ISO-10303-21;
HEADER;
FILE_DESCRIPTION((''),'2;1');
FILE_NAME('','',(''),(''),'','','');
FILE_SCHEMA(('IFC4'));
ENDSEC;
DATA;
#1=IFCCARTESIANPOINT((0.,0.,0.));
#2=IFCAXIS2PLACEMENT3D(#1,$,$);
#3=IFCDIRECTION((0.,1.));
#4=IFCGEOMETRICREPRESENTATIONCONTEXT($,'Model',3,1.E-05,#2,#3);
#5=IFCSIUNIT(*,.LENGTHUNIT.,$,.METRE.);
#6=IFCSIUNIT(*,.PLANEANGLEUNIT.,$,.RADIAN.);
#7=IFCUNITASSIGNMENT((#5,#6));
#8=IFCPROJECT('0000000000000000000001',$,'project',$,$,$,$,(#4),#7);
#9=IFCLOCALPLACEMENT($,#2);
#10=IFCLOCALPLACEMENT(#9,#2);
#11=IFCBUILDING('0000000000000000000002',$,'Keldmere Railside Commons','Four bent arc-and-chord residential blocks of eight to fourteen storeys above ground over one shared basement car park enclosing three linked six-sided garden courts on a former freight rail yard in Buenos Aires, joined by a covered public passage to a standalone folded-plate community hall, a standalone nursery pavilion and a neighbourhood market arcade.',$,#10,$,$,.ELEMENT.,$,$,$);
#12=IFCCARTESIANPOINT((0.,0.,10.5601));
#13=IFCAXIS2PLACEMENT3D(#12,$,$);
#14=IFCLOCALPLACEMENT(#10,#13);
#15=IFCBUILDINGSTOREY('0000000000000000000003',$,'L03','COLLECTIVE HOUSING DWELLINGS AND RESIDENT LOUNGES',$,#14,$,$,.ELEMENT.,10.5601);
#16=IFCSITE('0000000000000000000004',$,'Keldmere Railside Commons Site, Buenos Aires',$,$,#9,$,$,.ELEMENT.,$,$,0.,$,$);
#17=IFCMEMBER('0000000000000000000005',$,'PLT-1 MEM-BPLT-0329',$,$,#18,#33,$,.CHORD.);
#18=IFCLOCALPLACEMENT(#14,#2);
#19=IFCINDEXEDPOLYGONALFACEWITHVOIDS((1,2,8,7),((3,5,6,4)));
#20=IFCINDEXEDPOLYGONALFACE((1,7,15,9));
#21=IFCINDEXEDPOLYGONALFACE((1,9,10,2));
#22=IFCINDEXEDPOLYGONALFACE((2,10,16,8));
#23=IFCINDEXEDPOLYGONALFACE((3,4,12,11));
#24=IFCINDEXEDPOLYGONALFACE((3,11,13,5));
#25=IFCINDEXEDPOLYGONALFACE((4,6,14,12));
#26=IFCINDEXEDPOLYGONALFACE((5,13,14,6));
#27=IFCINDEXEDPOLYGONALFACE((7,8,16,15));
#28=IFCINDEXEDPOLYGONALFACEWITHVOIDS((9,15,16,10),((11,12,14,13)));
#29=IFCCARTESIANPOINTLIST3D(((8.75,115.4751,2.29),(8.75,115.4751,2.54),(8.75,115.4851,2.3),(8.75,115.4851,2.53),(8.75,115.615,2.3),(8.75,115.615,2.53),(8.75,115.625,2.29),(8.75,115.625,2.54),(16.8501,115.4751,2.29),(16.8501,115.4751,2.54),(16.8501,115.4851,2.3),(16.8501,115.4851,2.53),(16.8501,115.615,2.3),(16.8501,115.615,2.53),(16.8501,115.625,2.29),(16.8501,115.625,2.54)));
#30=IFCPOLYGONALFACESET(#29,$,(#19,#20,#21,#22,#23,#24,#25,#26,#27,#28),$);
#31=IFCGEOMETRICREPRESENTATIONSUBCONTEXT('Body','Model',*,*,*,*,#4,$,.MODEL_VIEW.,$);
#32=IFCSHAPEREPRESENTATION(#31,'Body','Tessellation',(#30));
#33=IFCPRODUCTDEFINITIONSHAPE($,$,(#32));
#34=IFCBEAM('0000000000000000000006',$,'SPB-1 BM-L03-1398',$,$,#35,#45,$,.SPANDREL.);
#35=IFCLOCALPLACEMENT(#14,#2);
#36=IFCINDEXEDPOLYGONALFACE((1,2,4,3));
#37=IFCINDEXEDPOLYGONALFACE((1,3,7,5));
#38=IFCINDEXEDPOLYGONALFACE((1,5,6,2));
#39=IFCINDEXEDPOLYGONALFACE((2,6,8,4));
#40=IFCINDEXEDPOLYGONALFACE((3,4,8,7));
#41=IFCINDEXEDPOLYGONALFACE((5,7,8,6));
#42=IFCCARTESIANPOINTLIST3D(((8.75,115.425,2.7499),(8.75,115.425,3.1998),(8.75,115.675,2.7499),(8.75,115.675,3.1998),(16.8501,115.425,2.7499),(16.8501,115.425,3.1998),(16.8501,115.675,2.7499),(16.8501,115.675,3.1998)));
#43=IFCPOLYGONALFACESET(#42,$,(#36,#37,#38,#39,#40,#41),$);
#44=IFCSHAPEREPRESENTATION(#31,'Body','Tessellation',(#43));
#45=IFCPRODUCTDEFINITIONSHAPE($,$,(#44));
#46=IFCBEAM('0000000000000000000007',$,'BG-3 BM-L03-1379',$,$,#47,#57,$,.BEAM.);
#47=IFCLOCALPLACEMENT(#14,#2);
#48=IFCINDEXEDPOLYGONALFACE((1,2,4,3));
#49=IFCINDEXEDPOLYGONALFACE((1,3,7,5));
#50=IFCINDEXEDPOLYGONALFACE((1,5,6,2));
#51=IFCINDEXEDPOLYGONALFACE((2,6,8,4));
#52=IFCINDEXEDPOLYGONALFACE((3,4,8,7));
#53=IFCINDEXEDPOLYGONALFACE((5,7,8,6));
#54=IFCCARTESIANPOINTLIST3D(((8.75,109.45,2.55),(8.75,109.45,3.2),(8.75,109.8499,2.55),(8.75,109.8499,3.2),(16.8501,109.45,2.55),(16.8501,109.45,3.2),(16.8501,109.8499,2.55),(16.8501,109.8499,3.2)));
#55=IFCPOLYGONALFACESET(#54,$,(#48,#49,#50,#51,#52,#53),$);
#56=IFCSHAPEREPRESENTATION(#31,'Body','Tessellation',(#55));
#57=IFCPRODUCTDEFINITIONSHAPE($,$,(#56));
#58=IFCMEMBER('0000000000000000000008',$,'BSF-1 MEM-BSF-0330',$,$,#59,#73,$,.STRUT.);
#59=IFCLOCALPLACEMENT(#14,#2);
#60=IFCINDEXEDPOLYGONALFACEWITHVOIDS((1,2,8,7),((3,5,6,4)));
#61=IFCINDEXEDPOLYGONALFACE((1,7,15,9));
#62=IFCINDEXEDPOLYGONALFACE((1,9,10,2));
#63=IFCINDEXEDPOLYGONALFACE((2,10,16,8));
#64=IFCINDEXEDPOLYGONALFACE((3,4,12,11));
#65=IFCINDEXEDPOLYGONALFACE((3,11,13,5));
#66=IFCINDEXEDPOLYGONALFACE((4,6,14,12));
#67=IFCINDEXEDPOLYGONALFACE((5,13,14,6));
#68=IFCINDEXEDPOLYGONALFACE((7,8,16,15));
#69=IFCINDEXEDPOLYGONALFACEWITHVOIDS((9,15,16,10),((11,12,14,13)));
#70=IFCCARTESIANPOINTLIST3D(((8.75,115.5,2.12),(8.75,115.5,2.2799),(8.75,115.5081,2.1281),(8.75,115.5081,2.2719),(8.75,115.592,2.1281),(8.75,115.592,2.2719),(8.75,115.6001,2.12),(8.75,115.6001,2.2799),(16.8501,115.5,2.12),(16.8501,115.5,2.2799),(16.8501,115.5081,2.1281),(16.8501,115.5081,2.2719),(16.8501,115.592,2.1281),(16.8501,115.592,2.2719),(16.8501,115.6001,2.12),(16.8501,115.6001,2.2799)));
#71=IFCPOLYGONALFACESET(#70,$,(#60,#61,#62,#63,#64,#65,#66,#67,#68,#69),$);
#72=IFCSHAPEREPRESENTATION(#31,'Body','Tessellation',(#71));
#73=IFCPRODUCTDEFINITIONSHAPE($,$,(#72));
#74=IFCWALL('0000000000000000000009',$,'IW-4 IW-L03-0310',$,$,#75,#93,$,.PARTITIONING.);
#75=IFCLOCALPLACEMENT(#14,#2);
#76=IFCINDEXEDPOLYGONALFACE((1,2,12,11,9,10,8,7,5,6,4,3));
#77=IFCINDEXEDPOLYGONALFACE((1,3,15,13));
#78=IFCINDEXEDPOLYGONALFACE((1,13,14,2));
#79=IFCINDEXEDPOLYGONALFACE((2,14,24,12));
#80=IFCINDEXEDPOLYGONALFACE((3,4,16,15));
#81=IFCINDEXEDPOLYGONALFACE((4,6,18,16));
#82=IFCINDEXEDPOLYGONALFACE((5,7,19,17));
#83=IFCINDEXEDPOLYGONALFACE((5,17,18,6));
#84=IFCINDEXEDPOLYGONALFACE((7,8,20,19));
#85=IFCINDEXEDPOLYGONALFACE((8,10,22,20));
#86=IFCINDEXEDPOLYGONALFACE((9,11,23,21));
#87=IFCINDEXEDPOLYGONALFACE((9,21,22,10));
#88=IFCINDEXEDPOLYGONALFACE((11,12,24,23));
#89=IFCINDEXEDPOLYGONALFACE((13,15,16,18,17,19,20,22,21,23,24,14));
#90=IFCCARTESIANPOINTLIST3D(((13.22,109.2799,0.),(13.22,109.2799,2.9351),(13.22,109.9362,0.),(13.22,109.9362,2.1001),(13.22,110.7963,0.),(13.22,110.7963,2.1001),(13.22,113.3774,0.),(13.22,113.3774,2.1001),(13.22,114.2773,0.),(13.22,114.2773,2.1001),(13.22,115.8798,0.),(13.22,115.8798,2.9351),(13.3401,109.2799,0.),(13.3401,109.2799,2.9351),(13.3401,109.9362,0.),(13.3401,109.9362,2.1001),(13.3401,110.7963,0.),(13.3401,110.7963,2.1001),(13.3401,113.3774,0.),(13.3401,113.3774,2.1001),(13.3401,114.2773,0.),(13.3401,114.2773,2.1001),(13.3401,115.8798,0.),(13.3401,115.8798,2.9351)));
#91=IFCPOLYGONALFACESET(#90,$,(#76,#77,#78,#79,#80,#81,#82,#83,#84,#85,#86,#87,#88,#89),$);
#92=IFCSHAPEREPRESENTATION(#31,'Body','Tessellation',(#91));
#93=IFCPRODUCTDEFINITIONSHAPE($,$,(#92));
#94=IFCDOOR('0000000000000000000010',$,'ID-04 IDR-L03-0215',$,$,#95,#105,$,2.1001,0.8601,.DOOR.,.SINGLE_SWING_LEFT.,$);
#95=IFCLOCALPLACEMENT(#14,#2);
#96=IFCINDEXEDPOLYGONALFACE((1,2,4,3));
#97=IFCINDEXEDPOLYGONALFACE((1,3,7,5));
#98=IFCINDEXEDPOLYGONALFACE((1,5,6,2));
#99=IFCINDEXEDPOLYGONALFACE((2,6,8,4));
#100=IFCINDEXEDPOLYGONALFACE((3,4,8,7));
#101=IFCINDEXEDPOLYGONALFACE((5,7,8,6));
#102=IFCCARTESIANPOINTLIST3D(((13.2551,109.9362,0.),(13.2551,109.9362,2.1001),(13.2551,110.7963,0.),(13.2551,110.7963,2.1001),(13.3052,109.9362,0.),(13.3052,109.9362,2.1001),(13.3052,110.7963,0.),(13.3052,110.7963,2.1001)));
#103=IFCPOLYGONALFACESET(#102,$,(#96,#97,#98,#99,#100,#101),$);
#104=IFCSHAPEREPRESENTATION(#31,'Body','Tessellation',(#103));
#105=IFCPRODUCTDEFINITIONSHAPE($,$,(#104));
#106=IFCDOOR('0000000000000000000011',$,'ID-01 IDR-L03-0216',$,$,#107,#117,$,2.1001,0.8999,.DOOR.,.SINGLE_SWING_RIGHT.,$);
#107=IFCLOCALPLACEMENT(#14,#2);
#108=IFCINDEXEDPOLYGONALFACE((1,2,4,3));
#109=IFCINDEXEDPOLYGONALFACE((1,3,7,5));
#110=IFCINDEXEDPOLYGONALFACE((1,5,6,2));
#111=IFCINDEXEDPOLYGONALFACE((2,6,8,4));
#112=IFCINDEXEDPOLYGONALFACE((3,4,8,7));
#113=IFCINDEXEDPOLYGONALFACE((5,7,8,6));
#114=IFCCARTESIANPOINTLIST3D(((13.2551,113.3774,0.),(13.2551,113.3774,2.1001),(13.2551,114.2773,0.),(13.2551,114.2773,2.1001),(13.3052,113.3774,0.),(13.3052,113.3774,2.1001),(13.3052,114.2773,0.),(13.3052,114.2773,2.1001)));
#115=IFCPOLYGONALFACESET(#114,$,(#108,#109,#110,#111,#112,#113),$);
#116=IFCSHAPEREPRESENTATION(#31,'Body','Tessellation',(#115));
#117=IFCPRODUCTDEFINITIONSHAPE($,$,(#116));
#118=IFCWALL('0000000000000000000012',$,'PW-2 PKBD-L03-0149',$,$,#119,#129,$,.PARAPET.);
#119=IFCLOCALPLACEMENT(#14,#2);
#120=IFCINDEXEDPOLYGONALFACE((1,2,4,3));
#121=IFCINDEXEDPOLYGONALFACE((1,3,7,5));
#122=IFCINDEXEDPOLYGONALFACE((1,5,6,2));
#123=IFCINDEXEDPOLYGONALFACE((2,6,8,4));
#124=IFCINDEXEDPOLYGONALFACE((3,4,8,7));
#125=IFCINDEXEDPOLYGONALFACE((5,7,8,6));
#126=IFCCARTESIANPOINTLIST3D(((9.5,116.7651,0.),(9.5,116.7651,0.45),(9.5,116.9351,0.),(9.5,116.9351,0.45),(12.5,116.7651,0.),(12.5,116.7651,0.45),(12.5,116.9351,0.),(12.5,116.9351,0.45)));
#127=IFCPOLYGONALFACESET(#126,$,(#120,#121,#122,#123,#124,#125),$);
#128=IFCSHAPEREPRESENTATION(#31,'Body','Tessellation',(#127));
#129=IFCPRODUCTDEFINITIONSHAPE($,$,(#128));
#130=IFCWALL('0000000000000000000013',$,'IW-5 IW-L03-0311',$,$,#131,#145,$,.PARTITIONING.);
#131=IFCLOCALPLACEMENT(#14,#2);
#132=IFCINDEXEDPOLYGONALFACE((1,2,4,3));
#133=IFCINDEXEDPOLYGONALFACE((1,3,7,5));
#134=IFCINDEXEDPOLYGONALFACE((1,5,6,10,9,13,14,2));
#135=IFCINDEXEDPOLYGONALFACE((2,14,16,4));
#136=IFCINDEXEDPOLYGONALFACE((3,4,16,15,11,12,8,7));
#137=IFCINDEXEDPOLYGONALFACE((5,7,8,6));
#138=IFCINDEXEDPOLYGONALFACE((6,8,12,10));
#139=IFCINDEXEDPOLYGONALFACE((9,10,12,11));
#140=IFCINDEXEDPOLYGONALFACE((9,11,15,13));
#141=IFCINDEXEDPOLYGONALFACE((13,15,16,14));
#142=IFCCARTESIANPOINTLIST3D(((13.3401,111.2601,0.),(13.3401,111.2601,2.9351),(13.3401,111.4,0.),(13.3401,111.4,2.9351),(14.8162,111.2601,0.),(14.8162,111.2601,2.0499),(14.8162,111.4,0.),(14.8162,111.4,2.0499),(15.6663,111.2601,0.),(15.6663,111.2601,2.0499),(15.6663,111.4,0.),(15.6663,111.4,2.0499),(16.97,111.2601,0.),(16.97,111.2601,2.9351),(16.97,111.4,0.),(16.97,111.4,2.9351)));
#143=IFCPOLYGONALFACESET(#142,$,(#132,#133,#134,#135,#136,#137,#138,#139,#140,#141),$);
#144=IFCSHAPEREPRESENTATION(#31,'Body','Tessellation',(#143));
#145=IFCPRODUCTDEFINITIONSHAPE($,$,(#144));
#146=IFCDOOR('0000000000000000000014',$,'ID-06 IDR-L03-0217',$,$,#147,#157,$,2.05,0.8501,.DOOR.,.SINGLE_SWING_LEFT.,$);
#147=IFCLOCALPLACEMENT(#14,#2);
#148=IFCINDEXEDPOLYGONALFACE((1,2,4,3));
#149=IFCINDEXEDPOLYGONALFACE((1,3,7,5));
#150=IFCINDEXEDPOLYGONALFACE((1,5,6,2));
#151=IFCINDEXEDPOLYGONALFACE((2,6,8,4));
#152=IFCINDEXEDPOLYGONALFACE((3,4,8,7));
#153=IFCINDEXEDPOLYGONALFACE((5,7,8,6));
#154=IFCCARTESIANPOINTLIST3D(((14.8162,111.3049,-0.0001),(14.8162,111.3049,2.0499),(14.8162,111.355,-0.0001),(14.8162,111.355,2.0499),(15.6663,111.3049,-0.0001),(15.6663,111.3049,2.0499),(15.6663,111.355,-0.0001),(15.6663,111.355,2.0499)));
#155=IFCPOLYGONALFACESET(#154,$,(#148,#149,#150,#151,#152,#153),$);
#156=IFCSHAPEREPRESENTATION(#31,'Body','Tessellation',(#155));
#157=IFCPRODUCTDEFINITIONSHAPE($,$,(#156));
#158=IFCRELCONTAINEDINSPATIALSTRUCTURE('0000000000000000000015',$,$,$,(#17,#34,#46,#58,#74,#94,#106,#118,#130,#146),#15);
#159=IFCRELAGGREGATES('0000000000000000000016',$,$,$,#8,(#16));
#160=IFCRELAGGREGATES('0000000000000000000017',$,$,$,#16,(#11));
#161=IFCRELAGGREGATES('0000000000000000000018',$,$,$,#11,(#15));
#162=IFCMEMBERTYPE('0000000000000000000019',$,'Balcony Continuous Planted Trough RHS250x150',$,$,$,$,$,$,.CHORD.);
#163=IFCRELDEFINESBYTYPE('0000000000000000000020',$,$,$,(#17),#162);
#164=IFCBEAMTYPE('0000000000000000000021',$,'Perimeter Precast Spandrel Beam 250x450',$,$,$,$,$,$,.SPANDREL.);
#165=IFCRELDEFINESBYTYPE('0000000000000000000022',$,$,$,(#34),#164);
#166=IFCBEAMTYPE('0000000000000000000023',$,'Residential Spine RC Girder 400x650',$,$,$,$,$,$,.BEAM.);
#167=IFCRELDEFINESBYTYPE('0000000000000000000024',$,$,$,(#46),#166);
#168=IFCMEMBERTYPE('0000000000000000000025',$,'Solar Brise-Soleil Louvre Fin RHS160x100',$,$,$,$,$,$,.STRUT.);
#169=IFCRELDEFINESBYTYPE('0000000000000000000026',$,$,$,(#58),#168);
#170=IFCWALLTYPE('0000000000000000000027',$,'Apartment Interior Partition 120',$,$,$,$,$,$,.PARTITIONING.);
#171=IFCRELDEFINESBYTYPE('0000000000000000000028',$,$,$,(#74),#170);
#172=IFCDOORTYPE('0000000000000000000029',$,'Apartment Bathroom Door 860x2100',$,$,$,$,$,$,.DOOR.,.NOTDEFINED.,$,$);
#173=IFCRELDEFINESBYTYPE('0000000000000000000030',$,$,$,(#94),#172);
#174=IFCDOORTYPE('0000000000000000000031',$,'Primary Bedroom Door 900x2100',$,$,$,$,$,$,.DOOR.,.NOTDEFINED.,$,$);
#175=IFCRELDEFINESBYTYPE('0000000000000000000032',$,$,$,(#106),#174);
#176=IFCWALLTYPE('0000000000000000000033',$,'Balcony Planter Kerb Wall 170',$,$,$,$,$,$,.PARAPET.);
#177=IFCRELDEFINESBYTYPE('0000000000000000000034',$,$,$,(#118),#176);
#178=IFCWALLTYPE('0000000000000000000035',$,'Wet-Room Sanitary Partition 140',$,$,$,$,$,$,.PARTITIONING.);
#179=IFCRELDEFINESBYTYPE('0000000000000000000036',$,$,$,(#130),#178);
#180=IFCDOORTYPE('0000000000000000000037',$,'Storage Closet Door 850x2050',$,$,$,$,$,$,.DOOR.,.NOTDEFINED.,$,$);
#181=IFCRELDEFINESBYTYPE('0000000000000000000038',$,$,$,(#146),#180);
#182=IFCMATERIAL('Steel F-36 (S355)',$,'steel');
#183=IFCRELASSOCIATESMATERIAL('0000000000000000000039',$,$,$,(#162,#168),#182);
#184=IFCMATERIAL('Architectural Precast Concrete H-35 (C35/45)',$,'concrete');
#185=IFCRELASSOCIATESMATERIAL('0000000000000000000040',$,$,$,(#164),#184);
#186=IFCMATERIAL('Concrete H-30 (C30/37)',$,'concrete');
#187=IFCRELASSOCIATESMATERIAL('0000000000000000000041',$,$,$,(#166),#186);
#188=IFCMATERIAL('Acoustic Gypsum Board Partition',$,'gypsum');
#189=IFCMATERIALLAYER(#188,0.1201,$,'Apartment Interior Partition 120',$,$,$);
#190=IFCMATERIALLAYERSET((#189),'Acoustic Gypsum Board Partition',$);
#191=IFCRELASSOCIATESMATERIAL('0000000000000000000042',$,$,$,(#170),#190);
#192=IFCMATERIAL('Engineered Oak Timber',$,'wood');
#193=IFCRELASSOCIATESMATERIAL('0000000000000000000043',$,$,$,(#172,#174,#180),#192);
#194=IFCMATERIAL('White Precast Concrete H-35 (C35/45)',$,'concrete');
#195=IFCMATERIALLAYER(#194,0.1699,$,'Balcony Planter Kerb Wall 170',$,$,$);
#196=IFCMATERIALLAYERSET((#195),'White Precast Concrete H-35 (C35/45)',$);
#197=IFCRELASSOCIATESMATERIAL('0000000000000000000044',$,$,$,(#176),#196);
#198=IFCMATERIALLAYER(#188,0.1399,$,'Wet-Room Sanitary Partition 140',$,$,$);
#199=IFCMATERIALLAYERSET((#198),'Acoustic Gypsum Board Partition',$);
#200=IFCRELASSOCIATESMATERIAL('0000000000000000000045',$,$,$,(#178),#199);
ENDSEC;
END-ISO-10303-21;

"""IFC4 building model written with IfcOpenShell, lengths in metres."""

from ifc_helpers import new_model, si_unit, direction, frame, frame_2d, origin, origin_2d, place, context, subcontext, project, spatial, rectangle, hollow_rectangle, extrude, material, layer, layer_set, material_profile, profile_set, type_object, element, fill, save


model = new_model("IFC4")

# Units and contexts
model_context = context("Model", 3, precision=1e-05, world=origin(), true_north=direction((0.0, 1.0)))
body_context = subcontext(model_context, "Body", "Model", "MODEL_VIEW")
ifc_project = project(units=[si_unit("LENGTHUNIT", "METRE"), si_unit("PLANEANGLEUNIT", "RADIAN")], contexts=[model_context])

# Site, building, storey
site_placement = place(None, origin())
site = spatial("IfcSite", under=ifc_project, at=site_placement, Name="Keldmere Railside Commons Site, Buenos Aires", CompositionType="ELEMENT", RefElevation=0.0)
building_placement = place(site_placement, origin())
building = spatial("IfcBuilding", under=site, at=building_placement, Name="Keldmere Railside Commons", Description="Four bent arc-and-chord residential blocks of eight to fourteen storeys above ground over one shared basement car park enclosing three linked six-sided garden courts on a former freight rail yard in Buenos Aires, joined by a covered public passage to a standalone folded-plate community hall, a standalone nursery pavilion and a neighbourhood market arcade.", CompositionType="ELEMENT")
storey_placement = place(building_placement, frame((0.0, 0.0, 10.5601)))
storey = spatial("IfcBuildingStorey", under=building, at=storey_placement, Name="L03", Description="COLLECTIVE HOUSING DWELLINGS AND RESIDENT LOUNGES", CompositionType="ELEMENT", Elevation=10.5601)

# Member
ifc_material_1 = material(Name="Steel F-36 (S355)", Category="steel")
ifc_material_profile_1 = material_profile(ifc_material_1, hollow_rectangle(XDim=0.1499, YDim=0.25, WallThickness=0.01, at=origin_2d()), Name="RHS-250x150x10")
ifc_profile_set_1 = profile_set([ifc_material_profile_1], Name="Steel F-36 (S355)")
member_type_1 = type_object("IfcMemberType", Name="Balcony Continuous Planted Trough RHS250x150", PredefinedType="CHORD", material=ifc_profile_set_1)
member_1_placement = place(storey_placement, frame((8.75, 115.55, 2.415), z_axis=(1.0, 0.0, 0.0), x_axis=(0.0, 1.0, 0.0)))
element("IfcMember", 1, at=member_1_placement, inside=storey, type_object=member_type_1, Name="PLT-1 MEM-BPLT-0329", PredefinedType="CHORD", context=body_context, shape_type="SweptSolid", body=[
    extrude(hollow_rectangle(XDim=0.1499, YDim=0.25, WallThickness=0.01, at=origin_2d()), origin(), (0.0, 0.0, 1.0), 8.1001),
])

# Beams
ifc_material_2 = material(Name="Architectural Precast Concrete H-35 (C35/45)", Category="concrete")
ifc_material_profile_2 = material_profile(ifc_material_2, rectangle(XDim=0.25, YDim=0.45, at=origin_2d()), Name="RC-250x450")
ifc_profile_set_2 = profile_set([ifc_material_profile_2], Name="Architectural Precast Concrete H-35 (C35/45)")
beam_type_1 = type_object("IfcBeamType", Name="Perimeter Precast Spandrel Beam 250x450", PredefinedType="SPANDREL", material=ifc_profile_set_2)
beam_1_placement = place(storey_placement, frame((8.75, 115.55, 2.9749), z_axis=(1.0, 0.0, 0.0), x_axis=(0.0, 1.0, 0.0)))
element("IfcBeam", 2, at=beam_1_placement, inside=storey, type_object=beam_type_1, Name="SPB-1 BM-L03-1398", PredefinedType="SPANDREL", context=body_context, shape_type="SweptSolid", body=[
    extrude(rectangle(XDim=0.25, YDim=0.45, at=origin_2d()), origin(), (0.0, 0.0, 1.0), 8.1001),
])
ifc_material_3 = material(Name="Concrete H-30 (C30/37)", Category="concrete")
ifc_material_profile_3 = material_profile(ifc_material_3, rectangle(XDim=0.3999, YDim=0.6499, at=origin_2d()), Name="RC-400x650")
ifc_profile_set_3 = profile_set([ifc_material_profile_3], Name="Concrete H-30 (C30/37)")
beam_type_2 = type_object("IfcBeamType", Name="Residential Spine RC Girder 400x650", PredefinedType="BEAM", material=ifc_profile_set_3)
beam_2_placement = place(storey_placement, frame((8.75, 109.6499, 2.875), z_axis=(1.0, 0.0, 0.0), x_axis=(0.0, 1.0, 0.0)))
element("IfcBeam", 3, at=beam_2_placement, inside=storey, type_object=beam_type_2, Name="BG-3 BM-L03-1379", PredefinedType="BEAM", context=body_context, shape_type="SweptSolid", body=[
    extrude(rectangle(XDim=0.3999, YDim=0.6499, at=origin_2d()), origin(), (0.0, 0.0, 1.0), 8.1001),
])

# Member
ifc_material_profile_4 = material_profile(ifc_material_1, hollow_rectangle(XDim=0.1001, YDim=0.1599, WallThickness=0.0081, at=origin_2d()), Name="RHS-160x100x8")
ifc_profile_set_4 = profile_set([ifc_material_profile_4], Name="Steel F-36 (S355)")
member_type_2 = type_object("IfcMemberType", Name="Solar Brise-Soleil Louvre Fin RHS160x100", PredefinedType="STRUT", material=ifc_profile_set_4)
member_2_placement = place(storey_placement, frame((8.75, 115.55, 2.2), z_axis=(1.0, 0.0, 0.0), x_axis=(0.0, 1.0, 0.0)))
element("IfcMember", 4, at=member_2_placement, inside=storey, type_object=member_type_2, Name="BSF-1 MEM-BSF-0330", PredefinedType="STRUT", context=body_context, shape_type="SweptSolid", body=[
    extrude(hollow_rectangle(XDim=0.1001, YDim=0.1599, WallThickness=0.0081, at=origin_2d()), origin(), (0.0, 0.0, 1.0), 8.1001),
])

# Wall, openings, doors
ifc_material_4 = material(Name="Acoustic Gypsum Board Partition", Category="gypsum")
ifc_layer_1 = layer(ifc_material_4, 0.1201, Name="Apartment Interior Partition 120")
ifc_layer_set_1 = layer_set([ifc_layer_1], Name="Acoustic Gypsum Board Partition")
wall_type_1 = type_object("IfcWallType", Name="Apartment Interior Partition 120", PredefinedType="PARTITIONING", material=ifc_layer_set_1)
wall_1_placement = place(storey_placement, frame((13.28, 109.28, 0.0), z_axis=(0.0, 0.0, 1.0), x_axis=(0.0, 1.0, 0.0)))
wall_1 = element("IfcWall", 5, at=wall_1_placement, inside=storey, type_object=wall_type_1, Name="IW-4 IW-L03-0310", PredefinedType="PARTITIONING", context=body_context, shape_type="SweptSolid", body=[
    extrude(rectangle(XDim=6.5999, YDim=0.1201, at=frame_2d((3.2998, 0.0))), origin(), (0.0, 0.0, 1.0), 2.9351),
])
opening_1_placement = place(wall_1_placement, frame((0.656, 0.0, 0.0)))
opening_1 = element("IfcOpeningElement", 6, at=opening_1_placement, cuts=wall_1, PredefinedType="OPENING", context=body_context, shape_type="SweptSolid", body=[
    extrude(rectangle(XDim=0.8601, YDim=2.1001, at=frame_2d((0.4302, 1.05))), frame((0.0, 0.0701, 0.0), z_axis=(0.0, -1.0, 0.0), x_axis=(1.0, 0.0, 0.0)), (0.0, 0.0, 1.0), 0.1401),
])
opening_2_placement = place(wall_1_placement, frame((4.0974, 0.0, 0.0)))
opening_2 = element("IfcOpeningElement", 7, at=opening_2_placement, cuts=wall_1, PredefinedType="OPENING", context=body_context, shape_type="SweptSolid", body=[
    extrude(rectangle(XDim=0.8999, YDim=2.1001, at=frame_2d((0.45, 1.05))), frame((0.0, 0.0701, 0.0), z_axis=(0.0, -1.0, 0.0), x_axis=(1.0, 0.0, 0.0)), (0.0, 0.0, 1.0), 0.1401),
])
ifc_material_5 = material(Name="Engineered Oak Timber", Category="wood")
door_type_1 = type_object("IfcDoorType", Name="Apartment Bathroom Door 860x2100", OperationType="NOTDEFINED", PredefinedType="DOOR", material=ifc_material_5)
door_1_placement = place(opening_1_placement, origin())
door_1 = element("IfcDoor", 8, at=door_1_placement, inside=storey, type_object=door_type_1, Name="ID-04 IDR-L03-0215", OperationType="SINGLE_SWING_LEFT", OverallHeight=2.1001, OverallWidth=0.8601, PredefinedType="DOOR", context=body_context, shape_type="SweptSolid", body=[
    extrude(rectangle(XDim=0.8601, YDim=2.1001, at=frame_2d((0.4302, 1.05))), frame((0.0, 0.0249, 0.0), z_axis=(0.0, -1.0, 0.0), x_axis=(1.0, 0.0, 0.0)), (0.0, 0.0, 1.0), 0.05),
])
fill(opening_1, door_1)
door_type_2 = type_object("IfcDoorType", Name="Primary Bedroom Door 900x2100", OperationType="NOTDEFINED", PredefinedType="DOOR", material=ifc_material_5)
door_2_placement = place(opening_2_placement, origin())
door_2 = element("IfcDoor", 9, at=door_2_placement, inside=storey, type_object=door_type_2, Name="ID-01 IDR-L03-0216", OperationType="SINGLE_SWING_RIGHT", OverallHeight=2.1001, OverallWidth=0.8999, PredefinedType="DOOR", context=body_context, shape_type="SweptSolid", body=[
    extrude(rectangle(XDim=0.8999, YDim=2.1001, at=frame_2d((0.45, 1.05))), frame((0.0, 0.0249, 0.0), z_axis=(0.0, -1.0, 0.0), x_axis=(1.0, 0.0, 0.0)), (0.0, 0.0, 1.0), 0.05),
])
fill(opening_2, door_2)

# Wall
ifc_material_6 = material(Name="White Precast Concrete H-35 (C35/45)", Category="concrete")
ifc_layer_2 = layer(ifc_material_6, 0.1699, Name="Balcony Planter Kerb Wall 170")
ifc_layer_set_2 = layer_set([ifc_layer_2], Name="White Precast Concrete H-35 (C35/45)")
wall_type_2 = type_object("IfcWallType", Name="Balcony Planter Kerb Wall 170", PredefinedType="PARAPET", material=ifc_layer_set_2)
wall_2_placement = place(storey_placement, frame((9.5, 116.8501, 0.0), z_axis=(0.0, 0.0, 1.0), x_axis=(1.0, 0.0, 0.0)))
element("IfcWall", 10, at=wall_2_placement, inside=storey, type_object=wall_type_2, Name="PW-2 PKBD-L03-0149", PredefinedType="PARAPET", context=body_context, shape_type="SweptSolid", body=[
    extrude(rectangle(XDim=3.0, YDim=0.1699, at=frame_2d((1.5, 0.0))), origin(), (0.0, 0.0, 1.0), 0.45),
])

# Wall, opening, door
ifc_layer_3 = layer(ifc_material_4, 0.1399, Name="Wet-Room Sanitary Partition 140")
ifc_layer_set_3 = layer_set([ifc_layer_3], Name="Acoustic Gypsum Board Partition")
wall_type_3 = type_object("IfcWallType", Name="Wet-Room Sanitary Partition 140", PredefinedType="PARTITIONING", material=ifc_layer_set_3)
wall_3_placement = place(storey_placement, frame((13.3401, 111.3301, 0.0), z_axis=(0.0, 0.0, 1.0), x_axis=(1.0, 0.0, 0.0)))
wall_3 = element("IfcWall", 11, at=wall_3_placement, inside=storey, type_object=wall_type_3, Name="IW-5 IW-L03-0311", PredefinedType="PARTITIONING", context=body_context, shape_type="SweptSolid", body=[
    extrude(rectangle(XDim=3.6299, YDim=0.1399, at=frame_2d((1.8149, 0.0))), origin(), (0.0, 0.0, 1.0), 2.9351),
])
opening_3_placement = place(wall_3_placement, frame((1.4761, 0.0, 0.0)))
opening_3 = element("IfcOpeningElement", 12, at=opening_3_placement, cuts=wall_3, PredefinedType="OPENING", context=body_context, shape_type="SweptSolid", body=[
    extrude(rectangle(XDim=0.8501, YDim=2.05, at=frame_2d((0.425, 1.0249))), frame((0.0, 0.0798, 0.0), z_axis=(0.0, -1.0, 0.0), x_axis=(1.0, 0.0, 0.0)), (0.0, 0.0, 1.0), 0.1599),
])
door_type_3 = type_object("IfcDoorType", Name="Storage Closet Door 850x2050", OperationType="NOTDEFINED", PredefinedType="DOOR", material=ifc_material_5)
door_3_placement = place(opening_3_placement, origin())
door_3 = element("IfcDoor", 13, at=door_3_placement, inside=storey, type_object=door_type_3, Name="ID-06 IDR-L03-0217", OperationType="SINGLE_SWING_LEFT", OverallHeight=2.05, OverallWidth=0.8501, PredefinedType="DOOR", context=body_context, shape_type="SweptSolid", body=[
    extrude(rectangle(XDim=0.8501, YDim=2.05, at=frame_2d((0.425, 1.0249))), frame((0.0, 0.0249, 0.0), z_axis=(0.0, -1.0, 0.0), x_axis=(1.0, 0.0, 0.0)), (0.0, 0.0, 1.0), 0.05),
])
fill(opening_3, door_3)

save(model, "model.ifc")
